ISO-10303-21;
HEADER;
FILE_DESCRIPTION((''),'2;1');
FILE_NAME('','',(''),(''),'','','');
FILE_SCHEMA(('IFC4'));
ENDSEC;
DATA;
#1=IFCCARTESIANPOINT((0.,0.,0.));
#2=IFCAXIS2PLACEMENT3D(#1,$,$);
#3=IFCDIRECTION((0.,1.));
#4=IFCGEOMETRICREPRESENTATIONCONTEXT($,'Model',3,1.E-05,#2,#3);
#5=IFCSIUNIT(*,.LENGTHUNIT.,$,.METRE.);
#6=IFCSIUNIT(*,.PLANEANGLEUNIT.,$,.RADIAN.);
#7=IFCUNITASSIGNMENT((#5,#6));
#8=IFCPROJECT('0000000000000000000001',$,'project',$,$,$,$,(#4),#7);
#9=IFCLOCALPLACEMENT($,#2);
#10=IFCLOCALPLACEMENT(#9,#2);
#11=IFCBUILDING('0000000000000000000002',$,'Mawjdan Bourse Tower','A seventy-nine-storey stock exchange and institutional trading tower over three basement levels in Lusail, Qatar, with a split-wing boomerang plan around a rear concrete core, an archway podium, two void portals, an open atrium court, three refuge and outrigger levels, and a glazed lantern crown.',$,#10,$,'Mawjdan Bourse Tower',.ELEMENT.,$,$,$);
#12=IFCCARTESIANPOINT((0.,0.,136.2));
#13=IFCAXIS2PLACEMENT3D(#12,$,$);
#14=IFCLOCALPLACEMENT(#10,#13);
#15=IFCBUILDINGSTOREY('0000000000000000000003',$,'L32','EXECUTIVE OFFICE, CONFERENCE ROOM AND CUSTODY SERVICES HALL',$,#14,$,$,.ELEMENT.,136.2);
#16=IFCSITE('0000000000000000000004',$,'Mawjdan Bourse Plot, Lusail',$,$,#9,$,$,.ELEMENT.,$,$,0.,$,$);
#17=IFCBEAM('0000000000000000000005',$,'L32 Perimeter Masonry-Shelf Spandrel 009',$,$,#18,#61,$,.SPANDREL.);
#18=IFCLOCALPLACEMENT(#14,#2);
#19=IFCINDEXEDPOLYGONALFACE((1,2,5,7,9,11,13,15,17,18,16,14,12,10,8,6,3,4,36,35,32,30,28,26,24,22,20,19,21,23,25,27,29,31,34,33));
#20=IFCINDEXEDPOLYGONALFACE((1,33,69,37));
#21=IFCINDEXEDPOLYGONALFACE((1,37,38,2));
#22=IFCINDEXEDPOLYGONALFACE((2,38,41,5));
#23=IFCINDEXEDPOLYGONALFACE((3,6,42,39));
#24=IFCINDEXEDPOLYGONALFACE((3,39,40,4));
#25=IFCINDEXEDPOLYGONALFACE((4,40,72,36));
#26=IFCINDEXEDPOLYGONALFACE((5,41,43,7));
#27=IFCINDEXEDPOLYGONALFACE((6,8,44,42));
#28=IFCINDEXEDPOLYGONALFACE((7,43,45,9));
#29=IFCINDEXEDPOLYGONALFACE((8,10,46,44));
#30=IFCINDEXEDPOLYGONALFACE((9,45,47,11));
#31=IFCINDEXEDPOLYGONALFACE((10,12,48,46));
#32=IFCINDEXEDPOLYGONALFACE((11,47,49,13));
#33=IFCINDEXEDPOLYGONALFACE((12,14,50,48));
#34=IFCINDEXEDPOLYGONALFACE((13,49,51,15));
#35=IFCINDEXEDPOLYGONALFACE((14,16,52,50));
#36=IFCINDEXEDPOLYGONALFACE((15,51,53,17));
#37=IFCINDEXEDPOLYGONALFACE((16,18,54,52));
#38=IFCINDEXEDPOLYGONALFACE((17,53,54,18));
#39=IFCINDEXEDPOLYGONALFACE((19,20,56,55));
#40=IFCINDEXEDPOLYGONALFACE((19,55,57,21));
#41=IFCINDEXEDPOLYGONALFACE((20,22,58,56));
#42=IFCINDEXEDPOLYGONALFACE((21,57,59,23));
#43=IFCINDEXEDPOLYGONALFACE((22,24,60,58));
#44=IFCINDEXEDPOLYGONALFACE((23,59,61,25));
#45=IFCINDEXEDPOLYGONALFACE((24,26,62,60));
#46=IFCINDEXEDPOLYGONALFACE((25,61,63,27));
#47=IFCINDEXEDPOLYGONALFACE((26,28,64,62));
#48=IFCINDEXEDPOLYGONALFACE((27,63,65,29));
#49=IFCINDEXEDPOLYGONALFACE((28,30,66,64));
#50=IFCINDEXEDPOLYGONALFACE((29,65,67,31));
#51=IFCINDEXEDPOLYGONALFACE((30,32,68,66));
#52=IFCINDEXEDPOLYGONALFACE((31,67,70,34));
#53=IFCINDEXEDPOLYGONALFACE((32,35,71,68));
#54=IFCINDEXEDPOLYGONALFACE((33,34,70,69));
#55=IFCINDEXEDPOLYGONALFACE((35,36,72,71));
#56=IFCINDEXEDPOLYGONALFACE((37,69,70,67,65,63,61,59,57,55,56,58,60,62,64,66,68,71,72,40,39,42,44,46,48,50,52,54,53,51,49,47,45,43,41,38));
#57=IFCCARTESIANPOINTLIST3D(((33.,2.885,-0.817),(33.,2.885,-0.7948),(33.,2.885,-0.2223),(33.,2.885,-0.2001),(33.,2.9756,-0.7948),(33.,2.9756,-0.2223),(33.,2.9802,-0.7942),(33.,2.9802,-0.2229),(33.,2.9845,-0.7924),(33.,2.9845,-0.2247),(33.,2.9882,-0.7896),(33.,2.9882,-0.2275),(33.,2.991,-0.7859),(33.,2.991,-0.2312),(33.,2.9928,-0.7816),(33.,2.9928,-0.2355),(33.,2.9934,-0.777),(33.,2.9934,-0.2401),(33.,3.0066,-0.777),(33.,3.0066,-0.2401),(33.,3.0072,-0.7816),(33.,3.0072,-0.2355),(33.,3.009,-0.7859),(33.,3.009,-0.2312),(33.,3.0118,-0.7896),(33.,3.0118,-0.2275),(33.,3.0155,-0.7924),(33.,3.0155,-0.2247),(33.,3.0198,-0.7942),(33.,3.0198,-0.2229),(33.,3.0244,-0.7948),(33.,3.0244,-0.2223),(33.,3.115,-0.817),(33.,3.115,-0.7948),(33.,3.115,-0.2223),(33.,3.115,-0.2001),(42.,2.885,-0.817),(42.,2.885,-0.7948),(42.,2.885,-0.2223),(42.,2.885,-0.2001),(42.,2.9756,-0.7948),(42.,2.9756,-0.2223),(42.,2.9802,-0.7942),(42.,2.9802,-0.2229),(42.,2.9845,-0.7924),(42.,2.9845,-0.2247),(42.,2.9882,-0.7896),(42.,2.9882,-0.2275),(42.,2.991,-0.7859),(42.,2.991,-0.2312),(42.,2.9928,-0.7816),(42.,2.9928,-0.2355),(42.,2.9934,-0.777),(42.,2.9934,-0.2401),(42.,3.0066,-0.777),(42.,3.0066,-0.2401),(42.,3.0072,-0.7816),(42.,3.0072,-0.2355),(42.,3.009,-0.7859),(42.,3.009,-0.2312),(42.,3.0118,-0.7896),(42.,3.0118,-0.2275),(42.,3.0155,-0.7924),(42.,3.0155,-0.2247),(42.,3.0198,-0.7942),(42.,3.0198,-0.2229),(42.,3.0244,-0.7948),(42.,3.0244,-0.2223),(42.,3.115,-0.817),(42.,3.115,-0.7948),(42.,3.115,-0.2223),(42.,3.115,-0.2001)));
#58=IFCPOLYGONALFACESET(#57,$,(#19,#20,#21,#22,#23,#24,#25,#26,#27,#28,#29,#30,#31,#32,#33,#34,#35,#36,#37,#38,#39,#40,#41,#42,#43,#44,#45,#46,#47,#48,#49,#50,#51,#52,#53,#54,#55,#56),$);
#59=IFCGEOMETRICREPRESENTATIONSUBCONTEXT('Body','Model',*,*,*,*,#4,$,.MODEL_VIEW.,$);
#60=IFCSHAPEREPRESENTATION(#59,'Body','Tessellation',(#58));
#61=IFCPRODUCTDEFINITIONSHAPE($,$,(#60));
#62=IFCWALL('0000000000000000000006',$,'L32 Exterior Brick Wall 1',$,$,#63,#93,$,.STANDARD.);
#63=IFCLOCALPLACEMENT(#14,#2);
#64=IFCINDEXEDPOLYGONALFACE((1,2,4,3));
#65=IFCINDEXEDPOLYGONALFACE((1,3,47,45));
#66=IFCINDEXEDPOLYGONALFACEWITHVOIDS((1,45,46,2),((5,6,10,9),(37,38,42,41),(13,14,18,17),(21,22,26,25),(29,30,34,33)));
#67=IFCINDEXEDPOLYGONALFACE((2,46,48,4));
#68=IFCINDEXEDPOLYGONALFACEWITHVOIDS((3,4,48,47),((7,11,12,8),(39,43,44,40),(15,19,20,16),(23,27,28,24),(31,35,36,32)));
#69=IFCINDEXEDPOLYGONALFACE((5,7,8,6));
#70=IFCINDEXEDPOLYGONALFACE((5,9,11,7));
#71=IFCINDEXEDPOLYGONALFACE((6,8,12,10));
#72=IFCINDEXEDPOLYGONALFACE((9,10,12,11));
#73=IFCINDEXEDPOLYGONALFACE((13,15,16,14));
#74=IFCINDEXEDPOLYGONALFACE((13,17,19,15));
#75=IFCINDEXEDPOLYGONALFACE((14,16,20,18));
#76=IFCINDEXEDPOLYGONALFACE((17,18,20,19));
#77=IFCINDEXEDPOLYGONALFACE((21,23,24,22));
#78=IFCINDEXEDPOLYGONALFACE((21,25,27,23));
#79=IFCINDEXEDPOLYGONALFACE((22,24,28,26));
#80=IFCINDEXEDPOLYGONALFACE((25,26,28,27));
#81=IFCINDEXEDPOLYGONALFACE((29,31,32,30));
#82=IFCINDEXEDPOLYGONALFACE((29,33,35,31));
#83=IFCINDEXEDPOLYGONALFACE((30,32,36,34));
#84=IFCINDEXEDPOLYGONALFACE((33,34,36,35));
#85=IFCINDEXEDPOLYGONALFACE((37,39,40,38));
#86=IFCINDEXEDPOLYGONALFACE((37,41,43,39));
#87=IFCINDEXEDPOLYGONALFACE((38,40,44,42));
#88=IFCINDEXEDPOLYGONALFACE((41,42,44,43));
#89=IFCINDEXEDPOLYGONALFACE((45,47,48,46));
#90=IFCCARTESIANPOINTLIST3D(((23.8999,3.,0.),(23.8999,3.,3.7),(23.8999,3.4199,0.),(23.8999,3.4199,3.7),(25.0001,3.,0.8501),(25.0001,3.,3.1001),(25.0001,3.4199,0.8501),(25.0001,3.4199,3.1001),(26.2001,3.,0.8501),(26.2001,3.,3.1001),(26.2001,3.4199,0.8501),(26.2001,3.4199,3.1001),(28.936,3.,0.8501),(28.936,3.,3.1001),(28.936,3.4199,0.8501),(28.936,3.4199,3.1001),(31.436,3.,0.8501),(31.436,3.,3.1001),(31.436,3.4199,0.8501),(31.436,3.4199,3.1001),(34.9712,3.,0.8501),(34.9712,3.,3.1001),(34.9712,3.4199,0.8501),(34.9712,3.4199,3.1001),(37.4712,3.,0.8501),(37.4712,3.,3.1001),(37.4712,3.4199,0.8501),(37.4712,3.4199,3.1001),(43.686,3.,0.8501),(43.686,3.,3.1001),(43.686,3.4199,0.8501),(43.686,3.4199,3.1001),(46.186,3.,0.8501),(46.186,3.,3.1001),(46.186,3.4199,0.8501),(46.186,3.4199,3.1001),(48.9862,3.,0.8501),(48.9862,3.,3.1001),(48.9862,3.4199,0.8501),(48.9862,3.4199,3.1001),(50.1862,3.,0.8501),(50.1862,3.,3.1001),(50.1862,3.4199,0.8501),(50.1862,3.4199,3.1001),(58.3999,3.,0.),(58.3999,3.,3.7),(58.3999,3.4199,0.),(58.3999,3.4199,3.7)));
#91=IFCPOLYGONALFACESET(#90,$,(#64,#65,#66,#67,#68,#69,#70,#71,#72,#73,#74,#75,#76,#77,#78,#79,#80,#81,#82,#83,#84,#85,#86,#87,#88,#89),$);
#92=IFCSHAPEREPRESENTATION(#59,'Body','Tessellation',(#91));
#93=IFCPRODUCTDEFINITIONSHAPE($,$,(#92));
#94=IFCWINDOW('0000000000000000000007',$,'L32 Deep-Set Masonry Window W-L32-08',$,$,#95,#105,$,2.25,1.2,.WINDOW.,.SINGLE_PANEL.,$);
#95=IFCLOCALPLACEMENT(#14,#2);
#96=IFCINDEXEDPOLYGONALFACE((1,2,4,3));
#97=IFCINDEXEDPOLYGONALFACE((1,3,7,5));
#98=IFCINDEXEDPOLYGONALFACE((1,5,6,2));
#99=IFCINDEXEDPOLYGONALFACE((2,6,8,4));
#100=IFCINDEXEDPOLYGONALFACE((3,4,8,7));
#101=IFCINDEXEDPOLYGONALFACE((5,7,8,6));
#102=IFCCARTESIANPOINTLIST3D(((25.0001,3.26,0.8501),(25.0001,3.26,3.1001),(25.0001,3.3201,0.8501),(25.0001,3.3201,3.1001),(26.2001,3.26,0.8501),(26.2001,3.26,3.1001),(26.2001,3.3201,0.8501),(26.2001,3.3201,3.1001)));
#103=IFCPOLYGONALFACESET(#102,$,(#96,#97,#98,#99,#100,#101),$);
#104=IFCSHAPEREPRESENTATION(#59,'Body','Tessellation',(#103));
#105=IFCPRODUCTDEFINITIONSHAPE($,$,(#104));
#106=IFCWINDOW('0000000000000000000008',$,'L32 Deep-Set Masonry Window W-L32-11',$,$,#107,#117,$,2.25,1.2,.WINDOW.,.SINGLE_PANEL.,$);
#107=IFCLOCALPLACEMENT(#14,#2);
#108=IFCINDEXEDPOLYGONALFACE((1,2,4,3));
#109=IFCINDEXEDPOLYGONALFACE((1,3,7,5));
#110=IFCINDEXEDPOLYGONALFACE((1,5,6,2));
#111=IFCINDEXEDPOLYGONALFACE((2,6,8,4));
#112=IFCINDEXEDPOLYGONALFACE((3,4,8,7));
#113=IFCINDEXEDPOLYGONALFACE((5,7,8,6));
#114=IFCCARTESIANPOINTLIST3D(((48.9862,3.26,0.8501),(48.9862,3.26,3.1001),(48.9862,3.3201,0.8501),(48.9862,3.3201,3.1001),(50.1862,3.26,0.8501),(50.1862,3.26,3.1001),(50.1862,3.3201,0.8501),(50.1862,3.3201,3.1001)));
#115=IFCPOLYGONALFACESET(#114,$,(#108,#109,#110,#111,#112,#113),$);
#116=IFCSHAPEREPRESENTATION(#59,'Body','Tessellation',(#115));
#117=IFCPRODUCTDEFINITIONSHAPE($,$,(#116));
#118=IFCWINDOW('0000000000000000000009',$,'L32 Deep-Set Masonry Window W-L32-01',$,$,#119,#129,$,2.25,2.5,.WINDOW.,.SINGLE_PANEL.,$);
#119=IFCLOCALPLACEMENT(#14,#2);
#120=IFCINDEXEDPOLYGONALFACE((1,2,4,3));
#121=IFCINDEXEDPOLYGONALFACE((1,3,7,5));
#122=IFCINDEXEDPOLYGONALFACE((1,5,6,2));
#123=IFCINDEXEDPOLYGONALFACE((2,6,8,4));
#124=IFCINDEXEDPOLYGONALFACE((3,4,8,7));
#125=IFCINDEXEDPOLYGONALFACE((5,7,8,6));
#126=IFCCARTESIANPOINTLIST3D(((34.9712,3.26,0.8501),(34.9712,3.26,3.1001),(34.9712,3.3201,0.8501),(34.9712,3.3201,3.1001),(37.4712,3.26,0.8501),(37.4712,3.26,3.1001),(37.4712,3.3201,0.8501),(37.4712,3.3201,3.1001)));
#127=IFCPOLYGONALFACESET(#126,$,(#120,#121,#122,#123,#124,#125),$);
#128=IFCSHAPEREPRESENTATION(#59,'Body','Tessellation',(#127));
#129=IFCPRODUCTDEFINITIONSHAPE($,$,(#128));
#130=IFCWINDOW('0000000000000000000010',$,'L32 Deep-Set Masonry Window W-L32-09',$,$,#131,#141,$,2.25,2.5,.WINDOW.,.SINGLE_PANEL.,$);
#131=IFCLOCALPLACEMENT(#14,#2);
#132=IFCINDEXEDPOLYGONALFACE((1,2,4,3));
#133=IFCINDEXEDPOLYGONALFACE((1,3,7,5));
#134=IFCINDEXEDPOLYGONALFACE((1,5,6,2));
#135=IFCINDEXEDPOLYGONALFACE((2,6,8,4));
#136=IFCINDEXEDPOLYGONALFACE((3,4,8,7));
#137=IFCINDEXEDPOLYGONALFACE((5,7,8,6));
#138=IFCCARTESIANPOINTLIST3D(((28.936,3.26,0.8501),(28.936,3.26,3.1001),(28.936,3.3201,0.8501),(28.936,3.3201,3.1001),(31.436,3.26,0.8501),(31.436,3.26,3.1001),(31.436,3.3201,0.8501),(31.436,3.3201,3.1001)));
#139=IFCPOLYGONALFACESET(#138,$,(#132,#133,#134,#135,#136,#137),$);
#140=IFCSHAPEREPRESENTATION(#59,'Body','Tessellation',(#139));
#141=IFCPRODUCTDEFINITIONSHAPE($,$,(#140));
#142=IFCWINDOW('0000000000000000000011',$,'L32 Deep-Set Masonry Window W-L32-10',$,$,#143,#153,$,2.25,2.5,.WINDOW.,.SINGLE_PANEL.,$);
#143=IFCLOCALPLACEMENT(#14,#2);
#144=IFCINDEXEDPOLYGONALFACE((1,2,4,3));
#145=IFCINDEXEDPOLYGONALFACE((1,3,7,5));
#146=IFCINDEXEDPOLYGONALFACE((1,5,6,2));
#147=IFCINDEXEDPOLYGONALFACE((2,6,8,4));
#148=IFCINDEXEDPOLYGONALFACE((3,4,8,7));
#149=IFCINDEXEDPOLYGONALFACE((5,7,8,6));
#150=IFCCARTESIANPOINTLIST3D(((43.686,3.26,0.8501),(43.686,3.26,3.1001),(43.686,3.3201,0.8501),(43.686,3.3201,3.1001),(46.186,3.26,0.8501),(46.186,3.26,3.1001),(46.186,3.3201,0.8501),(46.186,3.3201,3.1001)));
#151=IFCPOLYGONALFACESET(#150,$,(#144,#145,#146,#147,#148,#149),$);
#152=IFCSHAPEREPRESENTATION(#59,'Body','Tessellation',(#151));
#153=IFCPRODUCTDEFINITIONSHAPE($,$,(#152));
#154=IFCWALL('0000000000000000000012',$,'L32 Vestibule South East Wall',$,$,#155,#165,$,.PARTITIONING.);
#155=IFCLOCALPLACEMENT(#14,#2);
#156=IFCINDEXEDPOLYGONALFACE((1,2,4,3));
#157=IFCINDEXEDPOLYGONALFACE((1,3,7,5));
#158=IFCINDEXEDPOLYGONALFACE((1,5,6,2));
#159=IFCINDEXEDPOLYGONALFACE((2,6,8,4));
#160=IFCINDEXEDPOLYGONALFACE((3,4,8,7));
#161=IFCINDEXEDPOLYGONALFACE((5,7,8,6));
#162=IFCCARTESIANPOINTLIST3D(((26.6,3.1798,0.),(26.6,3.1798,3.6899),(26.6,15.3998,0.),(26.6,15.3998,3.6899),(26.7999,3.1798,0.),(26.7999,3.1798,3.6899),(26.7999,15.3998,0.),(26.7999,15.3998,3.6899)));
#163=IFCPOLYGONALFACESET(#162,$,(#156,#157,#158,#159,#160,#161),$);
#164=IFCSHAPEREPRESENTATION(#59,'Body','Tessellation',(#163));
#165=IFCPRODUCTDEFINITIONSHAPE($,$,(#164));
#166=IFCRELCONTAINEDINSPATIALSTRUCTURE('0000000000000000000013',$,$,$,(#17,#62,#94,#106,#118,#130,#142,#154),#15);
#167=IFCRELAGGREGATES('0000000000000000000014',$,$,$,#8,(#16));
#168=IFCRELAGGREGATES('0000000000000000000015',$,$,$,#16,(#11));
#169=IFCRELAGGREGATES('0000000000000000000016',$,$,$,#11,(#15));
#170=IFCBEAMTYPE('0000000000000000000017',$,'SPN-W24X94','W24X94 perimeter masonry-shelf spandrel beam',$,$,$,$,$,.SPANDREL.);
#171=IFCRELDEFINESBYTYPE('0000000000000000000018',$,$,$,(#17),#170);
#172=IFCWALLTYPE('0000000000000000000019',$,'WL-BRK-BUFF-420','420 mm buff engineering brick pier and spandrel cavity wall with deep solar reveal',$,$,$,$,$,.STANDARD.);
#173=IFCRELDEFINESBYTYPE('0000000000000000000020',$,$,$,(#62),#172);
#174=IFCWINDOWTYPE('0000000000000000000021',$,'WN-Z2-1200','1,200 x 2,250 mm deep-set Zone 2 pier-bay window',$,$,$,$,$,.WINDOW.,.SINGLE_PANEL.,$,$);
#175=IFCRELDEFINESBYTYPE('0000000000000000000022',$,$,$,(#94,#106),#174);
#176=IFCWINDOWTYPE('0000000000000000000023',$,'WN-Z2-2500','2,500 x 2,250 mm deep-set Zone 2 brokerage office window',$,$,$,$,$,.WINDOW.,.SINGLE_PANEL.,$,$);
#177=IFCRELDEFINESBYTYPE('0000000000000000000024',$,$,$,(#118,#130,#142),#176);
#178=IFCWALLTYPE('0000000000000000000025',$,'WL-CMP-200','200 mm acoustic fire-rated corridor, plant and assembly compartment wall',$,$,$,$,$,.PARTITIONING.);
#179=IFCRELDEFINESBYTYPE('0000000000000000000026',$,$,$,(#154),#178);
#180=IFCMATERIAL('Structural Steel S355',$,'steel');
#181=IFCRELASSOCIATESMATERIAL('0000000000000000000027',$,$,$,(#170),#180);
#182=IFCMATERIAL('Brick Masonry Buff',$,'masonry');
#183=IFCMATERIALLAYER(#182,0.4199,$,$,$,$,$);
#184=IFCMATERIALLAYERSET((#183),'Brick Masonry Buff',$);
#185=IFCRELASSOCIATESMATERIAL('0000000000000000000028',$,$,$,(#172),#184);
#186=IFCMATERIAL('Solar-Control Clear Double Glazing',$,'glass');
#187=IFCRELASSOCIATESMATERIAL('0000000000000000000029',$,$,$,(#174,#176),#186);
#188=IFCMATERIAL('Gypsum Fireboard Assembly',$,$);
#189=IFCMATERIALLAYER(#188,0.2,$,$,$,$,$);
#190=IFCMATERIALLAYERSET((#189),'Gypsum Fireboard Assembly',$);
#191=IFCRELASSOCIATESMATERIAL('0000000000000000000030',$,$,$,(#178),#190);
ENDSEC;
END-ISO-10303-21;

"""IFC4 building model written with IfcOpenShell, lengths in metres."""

from ifc_helpers import new_model, si_unit, direction, frame, frame_2d, origin, origin_2d, place, context, subcontext, project, spatial, rectangle, i_section, extrude, material, layer, layer_set, material_profile, profile_set, type_object, element, fill, save


model = new_model("IFC4")

# Units and contexts
model_context = context("Model", 3, precision=1e-05, world=origin(), true_north=direction((0.0, 1.0)))
body_context = subcontext(model_context, "Body", "Model", "MODEL_VIEW")
ifc_project = project(units=[si_unit("LENGTHUNIT", "METRE"), si_unit("PLANEANGLEUNIT", "RADIAN")], contexts=[model_context])

# Site, building, storey
site_placement = place(None, origin())
site = spatial("IfcSite", under=ifc_project, at=site_placement, Name="Mawjdan Bourse Plot, Lusail", CompositionType="ELEMENT", RefElevation=0.0)
building_placement = place(site_placement, origin())
building = spatial("IfcBuilding", under=site, at=building_placement, Name="Mawjdan Bourse Tower", Description="A seventy-nine-storey stock exchange and institutional trading tower over three basement levels in Lusail, Qatar, with a split-wing boomerang plan around a rear concrete core, an archway podium, two void portals, an open atrium court, three refuge and outrigger levels, and a glazed lantern crown.", LongName="Mawjdan Bourse Tower", CompositionType="ELEMENT")
storey_placement = place(building_placement, frame((0.0, 0.0, 136.2)))
storey = spatial("IfcBuildingStorey", under=building, at=storey_placement, Name="L32", Description="EXECUTIVE OFFICE, CONFERENCE ROOM AND CUSTODY SERVICES HALL", CompositionType="ELEMENT", Elevation=136.2)

# Beam
ifc_material_1 = material(Name="Structural Steel S355", Category="steel")
ifc_material_profile_1 = material_profile(ifc_material_1, i_section(OverallWidth=0.23, OverallDepth=0.6169, WebThickness=0.0132, FlangeThickness=0.0222, FilletRadius=0.0178, at=origin_2d()), Name="W24X94")
ifc_profile_set_1 = profile_set([ifc_material_profile_1], Name="Structural Steel S355")
beam_type_1 = type_object("IfcBeamType", Name="SPN-W24X94", Description="W24X94 perimeter masonry-shelf spandrel beam", PredefinedType="SPANDREL", material=ifc_profile_set_1)
for number, where, z_axis, x_axis, name in (
    (1, (33.0, 3.0, -0.5085), (1.0, 0.0, 0.0), (0.0, 1.0, 0.0), "L32 Perimeter Masonry-Shelf Spandrel 009"),
):
    element("IfcBeam", number, at=place(storey_placement, frame(where, z_axis=z_axis, x_axis=x_axis)), inside=storey, type_object=beam_type_1, Name=name, PredefinedType="SPANDREL", context=body_context, shape_type="SweptSolid", body=[
        extrude(i_section(OverallWidth=0.23, OverallDepth=0.6169, WebThickness=0.0132, FlangeThickness=0.0222, FilletRadius=0.0178, at=origin_2d()), origin(), (0.0, 0.0, 1.0), 9.0),
    ])

# Wall, openings, windows
ifc_material_2 = material(Name="Brick Masonry Buff", Category="masonry")
ifc_layer_1 = layer(ifc_material_2, 0.4199)
ifc_layer_set_1 = layer_set([ifc_layer_1], Name="Brick Masonry Buff")
wall_type_1 = type_object("IfcWallType", Name="WL-BRK-BUFF-420", Description="420 mm buff engineering brick pier and spandrel cavity wall with deep solar reveal", PredefinedType="STANDARD", material=ifc_layer_set_1)
wall_1_placement = place(storey_placement, frame((23.8999, 3.21, 0.0), z_axis=(0.0, 0.0, 1.0), x_axis=(1.0, 0.0, 0.0)))
wall_1 = element("IfcWall", 2, at=wall_1_placement, inside=storey, type_object=wall_type_1, Name="L32 Exterior Brick Wall 1", PredefinedType="STANDARD", context=body_context, shape_type="SweptSolid", body=[
    extrude(rectangle(XDim=34.5, YDim=0.4199, at=frame_2d((17.25, 0.0))), origin(), (0.0, 0.0, 1.0), 3.7),
])
opening_1_placement = place(wall_1_placement, frame((11.0713, 0.0, 0.8501)))
opening_1 = element("IfcOpeningElement", 3, at=opening_1_placement, cuts=wall_1, PredefinedType="OPENING", context=body_context, shape_type="SweptSolid", body=[
    extrude(rectangle(XDim=2.5, YDim=2.25, at=frame_2d((1.25, 1.125))), frame((0.0, 0.22, 0.0), z_axis=(0.0, -1.0, 0.0), x_axis=(1.0, 0.0, 0.0)), (0.0, 0.0, 1.0), 0.4399),
])
opening_2_placement = place(wall_1_placement, frame((1.1001, 0.0, 0.8501)))
opening_2 = element("IfcOpeningElement", 4, at=opening_2_placement, cuts=wall_1, PredefinedType="OPENING", context=body_context, shape_type="SweptSolid", body=[
    extrude(rectangle(XDim=1.2, YDim=2.25, at=frame_2d((0.6001, 1.125))), frame((0.0, 0.22, 0.0), z_axis=(0.0, -1.0, 0.0), x_axis=(1.0, 0.0, 0.0)), (0.0, 0.0, 1.0), 0.4399),
])
opening_3_placement = place(wall_1_placement, frame((5.0361, 0.0, 0.8501)))
opening_3 = element("IfcOpeningElement", 5, at=opening_3_placement, cuts=wall_1, PredefinedType="OPENING", context=body_context, shape_type="SweptSolid", body=[
    extrude(rectangle(XDim=2.5, YDim=2.25, at=frame_2d((1.25, 1.125))), frame((0.0, 0.22, 0.0), z_axis=(0.0, -1.0, 0.0), x_axis=(1.0, 0.0, 0.0)), (0.0, 0.0, 1.0), 0.4399),
])
opening_4_placement = place(wall_1_placement, frame((19.7861, 0.0, 0.8501)))
opening_4 = element("IfcOpeningElement", 6, at=opening_4_placement, cuts=wall_1, PredefinedType="OPENING", context=body_context, shape_type="SweptSolid", body=[
    extrude(rectangle(XDim=2.5, YDim=2.25, at=frame_2d((1.25, 1.125))), frame((0.0, 0.22, 0.0), z_axis=(0.0, -1.0, 0.0), x_axis=(1.0, 0.0, 0.0)), (0.0, 0.0, 1.0), 0.4399),
])
opening_5_placement = place(wall_1_placement, frame((25.0862, 0.0, 0.8501)))
opening_5 = element("IfcOpeningElement", 7, at=opening_5_placement, cuts=wall_1, PredefinedType="OPENING", context=body_context, shape_type="SweptSolid", body=[
    extrude(rectangle(XDim=1.2, YDim=2.25, at=frame_2d((0.6001, 1.125))), frame((0.0, 0.22, 0.0), z_axis=(0.0, -1.0, 0.0), x_axis=(1.0, 0.0, 0.0)), (0.0, 0.0, 1.0), 0.4399),
])
ifc_material_3 = material(Name="Solar-Control Clear Double Glazing", Category="glass")
window_type_1 = type_object("IfcWindowType", Name="WN-Z2-1200", Description="1,200 x 2,250 mm deep-set Zone 2 pier-bay window", PartitioningType="SINGLE_PANEL", PredefinedType="WINDOW", material=ifc_material_3)
window_1_placement = place(opening_2_placement, origin())
window_1 = element("IfcWindow", 8, at=window_1_placement, inside=storey, type_object=window_type_1, Name="L32 Deep-Set Masonry Window W-L32-08", OverallHeight=2.25, OverallWidth=1.2, PartitioningType="SINGLE_PANEL", PredefinedType="WINDOW", context=body_context, shape_type="SweptSolid", body=[
    extrude(rectangle(XDim=1.2, YDim=2.25, at=frame_2d((0.6001, 1.125))), frame((0.0, 0.1101, 0.0), z_axis=(0.0, -1.0, 0.0), x_axis=(1.0, 0.0, 0.0)), (0.0, 0.0, 1.0), 0.0601),
])
fill(opening_2, window_1)
window_2_placement = place(opening_5_placement, origin())
window_2 = element("IfcWindow", 9, at=window_2_placement, inside=storey, type_object=window_type_1, Name="L32 Deep-Set Masonry Window W-L32-11", OverallHeight=2.25, OverallWidth=1.2, PartitioningType="SINGLE_PANEL", PredefinedType="WINDOW", context=body_context, shape_type="SweptSolid", body=[
    extrude(rectangle(XDim=1.2, YDim=2.25, at=frame_2d((0.6001, 1.125))), frame((0.0, 0.1101, 0.0), z_axis=(0.0, -1.0, 0.0), x_axis=(1.0, 0.0, 0.0)), (0.0, 0.0, 1.0), 0.0601),
])
fill(opening_5, window_2)
window_type_2 = type_object("IfcWindowType", Name="WN-Z2-2500", Description="2,500 x 2,250 mm deep-set Zone 2 brokerage office window", PartitioningType="SINGLE_PANEL", PredefinedType="WINDOW", material=ifc_material_3)
window_3_placement = place(opening_1_placement, origin())
window_3 = element("IfcWindow", 10, at=window_3_placement, inside=storey, type_object=window_type_2, Name="L32 Deep-Set Masonry Window W-L32-01", OverallHeight=2.25, OverallWidth=2.5, PartitioningType="SINGLE_PANEL", PredefinedType="WINDOW", context=body_context, shape_type="SweptSolid", body=[
    extrude(rectangle(XDim=2.5, YDim=2.25, at=frame_2d((1.25, 1.125))), frame((0.0, 0.1101, 0.0), z_axis=(0.0, -1.0, 0.0), x_axis=(1.0, 0.0, 0.0)), (0.0, 0.0, 1.0), 0.0601),
])
fill(opening_1, window_3)
window_4_placement = place(opening_3_placement, origin())
window_4 = element("IfcWindow", 11, at=window_4_placement, inside=storey, type_object=window_type_2, Name="L32 Deep-Set Masonry Window W-L32-09", OverallHeight=2.25, OverallWidth=2.5, PartitioningType="SINGLE_PANEL", PredefinedType="WINDOW", context=body_context, shape_type="SweptSolid", body=[
    extrude(rectangle(XDim=2.5, YDim=2.25, at=frame_2d((1.25, 1.125))), frame((0.0, 0.1101, 0.0), z_axis=(0.0, -1.0, 0.0), x_axis=(1.0, 0.0, 0.0)), (0.0, 0.0, 1.0), 0.0601),
])
fill(opening_3, window_4)
window_5_placement = place(opening_4_placement, origin())
window_5 = element("IfcWindow", 12, at=window_5_placement, inside=storey, type_object=window_type_2, Name="L32 Deep-Set Masonry Window W-L32-10", OverallHeight=2.25, OverallWidth=2.5, PartitioningType="SINGLE_PANEL", PredefinedType="WINDOW", context=body_context, shape_type="SweptSolid", body=[
    extrude(rectangle(XDim=2.5, YDim=2.25, at=frame_2d((1.25, 1.125))), frame((0.0, 0.1101, 0.0), z_axis=(0.0, -1.0, 0.0), x_axis=(1.0, 0.0, 0.0)), (0.0, 0.0, 1.0), 0.0601),
])
fill(opening_4, window_5)

# Wall
ifc_material_4 = material(Name="Gypsum Fireboard Assembly")
ifc_layer_2 = layer(ifc_material_4, 0.2)
ifc_layer_set_2 = layer_set([ifc_layer_2], Name="Gypsum Fireboard Assembly")
wall_type_2 = type_object("IfcWallType", Name="WL-CMP-200", Description="200 mm acoustic fire-rated corridor, plant and assembly compartment wall", PredefinedType="PARTITIONING", material=ifc_layer_set_2)
wall_2_placement = place(storey_placement, frame((26.7, 3.1799, 0.0), z_axis=(0.0, 0.0, 1.0), x_axis=(0.0, 1.0, 0.0)))
element("IfcWall", 13, at=wall_2_placement, inside=storey, type_object=wall_type_2, Name="L32 Vestibule South East Wall", PredefinedType="PARTITIONING", context=body_context, shape_type="SweptSolid", body=[
    extrude(rectangle(XDim=12.22, YDim=0.2, at=frame_2d((6.1099, 0.0))), origin(), (0.0, 0.0, 1.0), 3.6899),
])

save(model, "model.ifc")
